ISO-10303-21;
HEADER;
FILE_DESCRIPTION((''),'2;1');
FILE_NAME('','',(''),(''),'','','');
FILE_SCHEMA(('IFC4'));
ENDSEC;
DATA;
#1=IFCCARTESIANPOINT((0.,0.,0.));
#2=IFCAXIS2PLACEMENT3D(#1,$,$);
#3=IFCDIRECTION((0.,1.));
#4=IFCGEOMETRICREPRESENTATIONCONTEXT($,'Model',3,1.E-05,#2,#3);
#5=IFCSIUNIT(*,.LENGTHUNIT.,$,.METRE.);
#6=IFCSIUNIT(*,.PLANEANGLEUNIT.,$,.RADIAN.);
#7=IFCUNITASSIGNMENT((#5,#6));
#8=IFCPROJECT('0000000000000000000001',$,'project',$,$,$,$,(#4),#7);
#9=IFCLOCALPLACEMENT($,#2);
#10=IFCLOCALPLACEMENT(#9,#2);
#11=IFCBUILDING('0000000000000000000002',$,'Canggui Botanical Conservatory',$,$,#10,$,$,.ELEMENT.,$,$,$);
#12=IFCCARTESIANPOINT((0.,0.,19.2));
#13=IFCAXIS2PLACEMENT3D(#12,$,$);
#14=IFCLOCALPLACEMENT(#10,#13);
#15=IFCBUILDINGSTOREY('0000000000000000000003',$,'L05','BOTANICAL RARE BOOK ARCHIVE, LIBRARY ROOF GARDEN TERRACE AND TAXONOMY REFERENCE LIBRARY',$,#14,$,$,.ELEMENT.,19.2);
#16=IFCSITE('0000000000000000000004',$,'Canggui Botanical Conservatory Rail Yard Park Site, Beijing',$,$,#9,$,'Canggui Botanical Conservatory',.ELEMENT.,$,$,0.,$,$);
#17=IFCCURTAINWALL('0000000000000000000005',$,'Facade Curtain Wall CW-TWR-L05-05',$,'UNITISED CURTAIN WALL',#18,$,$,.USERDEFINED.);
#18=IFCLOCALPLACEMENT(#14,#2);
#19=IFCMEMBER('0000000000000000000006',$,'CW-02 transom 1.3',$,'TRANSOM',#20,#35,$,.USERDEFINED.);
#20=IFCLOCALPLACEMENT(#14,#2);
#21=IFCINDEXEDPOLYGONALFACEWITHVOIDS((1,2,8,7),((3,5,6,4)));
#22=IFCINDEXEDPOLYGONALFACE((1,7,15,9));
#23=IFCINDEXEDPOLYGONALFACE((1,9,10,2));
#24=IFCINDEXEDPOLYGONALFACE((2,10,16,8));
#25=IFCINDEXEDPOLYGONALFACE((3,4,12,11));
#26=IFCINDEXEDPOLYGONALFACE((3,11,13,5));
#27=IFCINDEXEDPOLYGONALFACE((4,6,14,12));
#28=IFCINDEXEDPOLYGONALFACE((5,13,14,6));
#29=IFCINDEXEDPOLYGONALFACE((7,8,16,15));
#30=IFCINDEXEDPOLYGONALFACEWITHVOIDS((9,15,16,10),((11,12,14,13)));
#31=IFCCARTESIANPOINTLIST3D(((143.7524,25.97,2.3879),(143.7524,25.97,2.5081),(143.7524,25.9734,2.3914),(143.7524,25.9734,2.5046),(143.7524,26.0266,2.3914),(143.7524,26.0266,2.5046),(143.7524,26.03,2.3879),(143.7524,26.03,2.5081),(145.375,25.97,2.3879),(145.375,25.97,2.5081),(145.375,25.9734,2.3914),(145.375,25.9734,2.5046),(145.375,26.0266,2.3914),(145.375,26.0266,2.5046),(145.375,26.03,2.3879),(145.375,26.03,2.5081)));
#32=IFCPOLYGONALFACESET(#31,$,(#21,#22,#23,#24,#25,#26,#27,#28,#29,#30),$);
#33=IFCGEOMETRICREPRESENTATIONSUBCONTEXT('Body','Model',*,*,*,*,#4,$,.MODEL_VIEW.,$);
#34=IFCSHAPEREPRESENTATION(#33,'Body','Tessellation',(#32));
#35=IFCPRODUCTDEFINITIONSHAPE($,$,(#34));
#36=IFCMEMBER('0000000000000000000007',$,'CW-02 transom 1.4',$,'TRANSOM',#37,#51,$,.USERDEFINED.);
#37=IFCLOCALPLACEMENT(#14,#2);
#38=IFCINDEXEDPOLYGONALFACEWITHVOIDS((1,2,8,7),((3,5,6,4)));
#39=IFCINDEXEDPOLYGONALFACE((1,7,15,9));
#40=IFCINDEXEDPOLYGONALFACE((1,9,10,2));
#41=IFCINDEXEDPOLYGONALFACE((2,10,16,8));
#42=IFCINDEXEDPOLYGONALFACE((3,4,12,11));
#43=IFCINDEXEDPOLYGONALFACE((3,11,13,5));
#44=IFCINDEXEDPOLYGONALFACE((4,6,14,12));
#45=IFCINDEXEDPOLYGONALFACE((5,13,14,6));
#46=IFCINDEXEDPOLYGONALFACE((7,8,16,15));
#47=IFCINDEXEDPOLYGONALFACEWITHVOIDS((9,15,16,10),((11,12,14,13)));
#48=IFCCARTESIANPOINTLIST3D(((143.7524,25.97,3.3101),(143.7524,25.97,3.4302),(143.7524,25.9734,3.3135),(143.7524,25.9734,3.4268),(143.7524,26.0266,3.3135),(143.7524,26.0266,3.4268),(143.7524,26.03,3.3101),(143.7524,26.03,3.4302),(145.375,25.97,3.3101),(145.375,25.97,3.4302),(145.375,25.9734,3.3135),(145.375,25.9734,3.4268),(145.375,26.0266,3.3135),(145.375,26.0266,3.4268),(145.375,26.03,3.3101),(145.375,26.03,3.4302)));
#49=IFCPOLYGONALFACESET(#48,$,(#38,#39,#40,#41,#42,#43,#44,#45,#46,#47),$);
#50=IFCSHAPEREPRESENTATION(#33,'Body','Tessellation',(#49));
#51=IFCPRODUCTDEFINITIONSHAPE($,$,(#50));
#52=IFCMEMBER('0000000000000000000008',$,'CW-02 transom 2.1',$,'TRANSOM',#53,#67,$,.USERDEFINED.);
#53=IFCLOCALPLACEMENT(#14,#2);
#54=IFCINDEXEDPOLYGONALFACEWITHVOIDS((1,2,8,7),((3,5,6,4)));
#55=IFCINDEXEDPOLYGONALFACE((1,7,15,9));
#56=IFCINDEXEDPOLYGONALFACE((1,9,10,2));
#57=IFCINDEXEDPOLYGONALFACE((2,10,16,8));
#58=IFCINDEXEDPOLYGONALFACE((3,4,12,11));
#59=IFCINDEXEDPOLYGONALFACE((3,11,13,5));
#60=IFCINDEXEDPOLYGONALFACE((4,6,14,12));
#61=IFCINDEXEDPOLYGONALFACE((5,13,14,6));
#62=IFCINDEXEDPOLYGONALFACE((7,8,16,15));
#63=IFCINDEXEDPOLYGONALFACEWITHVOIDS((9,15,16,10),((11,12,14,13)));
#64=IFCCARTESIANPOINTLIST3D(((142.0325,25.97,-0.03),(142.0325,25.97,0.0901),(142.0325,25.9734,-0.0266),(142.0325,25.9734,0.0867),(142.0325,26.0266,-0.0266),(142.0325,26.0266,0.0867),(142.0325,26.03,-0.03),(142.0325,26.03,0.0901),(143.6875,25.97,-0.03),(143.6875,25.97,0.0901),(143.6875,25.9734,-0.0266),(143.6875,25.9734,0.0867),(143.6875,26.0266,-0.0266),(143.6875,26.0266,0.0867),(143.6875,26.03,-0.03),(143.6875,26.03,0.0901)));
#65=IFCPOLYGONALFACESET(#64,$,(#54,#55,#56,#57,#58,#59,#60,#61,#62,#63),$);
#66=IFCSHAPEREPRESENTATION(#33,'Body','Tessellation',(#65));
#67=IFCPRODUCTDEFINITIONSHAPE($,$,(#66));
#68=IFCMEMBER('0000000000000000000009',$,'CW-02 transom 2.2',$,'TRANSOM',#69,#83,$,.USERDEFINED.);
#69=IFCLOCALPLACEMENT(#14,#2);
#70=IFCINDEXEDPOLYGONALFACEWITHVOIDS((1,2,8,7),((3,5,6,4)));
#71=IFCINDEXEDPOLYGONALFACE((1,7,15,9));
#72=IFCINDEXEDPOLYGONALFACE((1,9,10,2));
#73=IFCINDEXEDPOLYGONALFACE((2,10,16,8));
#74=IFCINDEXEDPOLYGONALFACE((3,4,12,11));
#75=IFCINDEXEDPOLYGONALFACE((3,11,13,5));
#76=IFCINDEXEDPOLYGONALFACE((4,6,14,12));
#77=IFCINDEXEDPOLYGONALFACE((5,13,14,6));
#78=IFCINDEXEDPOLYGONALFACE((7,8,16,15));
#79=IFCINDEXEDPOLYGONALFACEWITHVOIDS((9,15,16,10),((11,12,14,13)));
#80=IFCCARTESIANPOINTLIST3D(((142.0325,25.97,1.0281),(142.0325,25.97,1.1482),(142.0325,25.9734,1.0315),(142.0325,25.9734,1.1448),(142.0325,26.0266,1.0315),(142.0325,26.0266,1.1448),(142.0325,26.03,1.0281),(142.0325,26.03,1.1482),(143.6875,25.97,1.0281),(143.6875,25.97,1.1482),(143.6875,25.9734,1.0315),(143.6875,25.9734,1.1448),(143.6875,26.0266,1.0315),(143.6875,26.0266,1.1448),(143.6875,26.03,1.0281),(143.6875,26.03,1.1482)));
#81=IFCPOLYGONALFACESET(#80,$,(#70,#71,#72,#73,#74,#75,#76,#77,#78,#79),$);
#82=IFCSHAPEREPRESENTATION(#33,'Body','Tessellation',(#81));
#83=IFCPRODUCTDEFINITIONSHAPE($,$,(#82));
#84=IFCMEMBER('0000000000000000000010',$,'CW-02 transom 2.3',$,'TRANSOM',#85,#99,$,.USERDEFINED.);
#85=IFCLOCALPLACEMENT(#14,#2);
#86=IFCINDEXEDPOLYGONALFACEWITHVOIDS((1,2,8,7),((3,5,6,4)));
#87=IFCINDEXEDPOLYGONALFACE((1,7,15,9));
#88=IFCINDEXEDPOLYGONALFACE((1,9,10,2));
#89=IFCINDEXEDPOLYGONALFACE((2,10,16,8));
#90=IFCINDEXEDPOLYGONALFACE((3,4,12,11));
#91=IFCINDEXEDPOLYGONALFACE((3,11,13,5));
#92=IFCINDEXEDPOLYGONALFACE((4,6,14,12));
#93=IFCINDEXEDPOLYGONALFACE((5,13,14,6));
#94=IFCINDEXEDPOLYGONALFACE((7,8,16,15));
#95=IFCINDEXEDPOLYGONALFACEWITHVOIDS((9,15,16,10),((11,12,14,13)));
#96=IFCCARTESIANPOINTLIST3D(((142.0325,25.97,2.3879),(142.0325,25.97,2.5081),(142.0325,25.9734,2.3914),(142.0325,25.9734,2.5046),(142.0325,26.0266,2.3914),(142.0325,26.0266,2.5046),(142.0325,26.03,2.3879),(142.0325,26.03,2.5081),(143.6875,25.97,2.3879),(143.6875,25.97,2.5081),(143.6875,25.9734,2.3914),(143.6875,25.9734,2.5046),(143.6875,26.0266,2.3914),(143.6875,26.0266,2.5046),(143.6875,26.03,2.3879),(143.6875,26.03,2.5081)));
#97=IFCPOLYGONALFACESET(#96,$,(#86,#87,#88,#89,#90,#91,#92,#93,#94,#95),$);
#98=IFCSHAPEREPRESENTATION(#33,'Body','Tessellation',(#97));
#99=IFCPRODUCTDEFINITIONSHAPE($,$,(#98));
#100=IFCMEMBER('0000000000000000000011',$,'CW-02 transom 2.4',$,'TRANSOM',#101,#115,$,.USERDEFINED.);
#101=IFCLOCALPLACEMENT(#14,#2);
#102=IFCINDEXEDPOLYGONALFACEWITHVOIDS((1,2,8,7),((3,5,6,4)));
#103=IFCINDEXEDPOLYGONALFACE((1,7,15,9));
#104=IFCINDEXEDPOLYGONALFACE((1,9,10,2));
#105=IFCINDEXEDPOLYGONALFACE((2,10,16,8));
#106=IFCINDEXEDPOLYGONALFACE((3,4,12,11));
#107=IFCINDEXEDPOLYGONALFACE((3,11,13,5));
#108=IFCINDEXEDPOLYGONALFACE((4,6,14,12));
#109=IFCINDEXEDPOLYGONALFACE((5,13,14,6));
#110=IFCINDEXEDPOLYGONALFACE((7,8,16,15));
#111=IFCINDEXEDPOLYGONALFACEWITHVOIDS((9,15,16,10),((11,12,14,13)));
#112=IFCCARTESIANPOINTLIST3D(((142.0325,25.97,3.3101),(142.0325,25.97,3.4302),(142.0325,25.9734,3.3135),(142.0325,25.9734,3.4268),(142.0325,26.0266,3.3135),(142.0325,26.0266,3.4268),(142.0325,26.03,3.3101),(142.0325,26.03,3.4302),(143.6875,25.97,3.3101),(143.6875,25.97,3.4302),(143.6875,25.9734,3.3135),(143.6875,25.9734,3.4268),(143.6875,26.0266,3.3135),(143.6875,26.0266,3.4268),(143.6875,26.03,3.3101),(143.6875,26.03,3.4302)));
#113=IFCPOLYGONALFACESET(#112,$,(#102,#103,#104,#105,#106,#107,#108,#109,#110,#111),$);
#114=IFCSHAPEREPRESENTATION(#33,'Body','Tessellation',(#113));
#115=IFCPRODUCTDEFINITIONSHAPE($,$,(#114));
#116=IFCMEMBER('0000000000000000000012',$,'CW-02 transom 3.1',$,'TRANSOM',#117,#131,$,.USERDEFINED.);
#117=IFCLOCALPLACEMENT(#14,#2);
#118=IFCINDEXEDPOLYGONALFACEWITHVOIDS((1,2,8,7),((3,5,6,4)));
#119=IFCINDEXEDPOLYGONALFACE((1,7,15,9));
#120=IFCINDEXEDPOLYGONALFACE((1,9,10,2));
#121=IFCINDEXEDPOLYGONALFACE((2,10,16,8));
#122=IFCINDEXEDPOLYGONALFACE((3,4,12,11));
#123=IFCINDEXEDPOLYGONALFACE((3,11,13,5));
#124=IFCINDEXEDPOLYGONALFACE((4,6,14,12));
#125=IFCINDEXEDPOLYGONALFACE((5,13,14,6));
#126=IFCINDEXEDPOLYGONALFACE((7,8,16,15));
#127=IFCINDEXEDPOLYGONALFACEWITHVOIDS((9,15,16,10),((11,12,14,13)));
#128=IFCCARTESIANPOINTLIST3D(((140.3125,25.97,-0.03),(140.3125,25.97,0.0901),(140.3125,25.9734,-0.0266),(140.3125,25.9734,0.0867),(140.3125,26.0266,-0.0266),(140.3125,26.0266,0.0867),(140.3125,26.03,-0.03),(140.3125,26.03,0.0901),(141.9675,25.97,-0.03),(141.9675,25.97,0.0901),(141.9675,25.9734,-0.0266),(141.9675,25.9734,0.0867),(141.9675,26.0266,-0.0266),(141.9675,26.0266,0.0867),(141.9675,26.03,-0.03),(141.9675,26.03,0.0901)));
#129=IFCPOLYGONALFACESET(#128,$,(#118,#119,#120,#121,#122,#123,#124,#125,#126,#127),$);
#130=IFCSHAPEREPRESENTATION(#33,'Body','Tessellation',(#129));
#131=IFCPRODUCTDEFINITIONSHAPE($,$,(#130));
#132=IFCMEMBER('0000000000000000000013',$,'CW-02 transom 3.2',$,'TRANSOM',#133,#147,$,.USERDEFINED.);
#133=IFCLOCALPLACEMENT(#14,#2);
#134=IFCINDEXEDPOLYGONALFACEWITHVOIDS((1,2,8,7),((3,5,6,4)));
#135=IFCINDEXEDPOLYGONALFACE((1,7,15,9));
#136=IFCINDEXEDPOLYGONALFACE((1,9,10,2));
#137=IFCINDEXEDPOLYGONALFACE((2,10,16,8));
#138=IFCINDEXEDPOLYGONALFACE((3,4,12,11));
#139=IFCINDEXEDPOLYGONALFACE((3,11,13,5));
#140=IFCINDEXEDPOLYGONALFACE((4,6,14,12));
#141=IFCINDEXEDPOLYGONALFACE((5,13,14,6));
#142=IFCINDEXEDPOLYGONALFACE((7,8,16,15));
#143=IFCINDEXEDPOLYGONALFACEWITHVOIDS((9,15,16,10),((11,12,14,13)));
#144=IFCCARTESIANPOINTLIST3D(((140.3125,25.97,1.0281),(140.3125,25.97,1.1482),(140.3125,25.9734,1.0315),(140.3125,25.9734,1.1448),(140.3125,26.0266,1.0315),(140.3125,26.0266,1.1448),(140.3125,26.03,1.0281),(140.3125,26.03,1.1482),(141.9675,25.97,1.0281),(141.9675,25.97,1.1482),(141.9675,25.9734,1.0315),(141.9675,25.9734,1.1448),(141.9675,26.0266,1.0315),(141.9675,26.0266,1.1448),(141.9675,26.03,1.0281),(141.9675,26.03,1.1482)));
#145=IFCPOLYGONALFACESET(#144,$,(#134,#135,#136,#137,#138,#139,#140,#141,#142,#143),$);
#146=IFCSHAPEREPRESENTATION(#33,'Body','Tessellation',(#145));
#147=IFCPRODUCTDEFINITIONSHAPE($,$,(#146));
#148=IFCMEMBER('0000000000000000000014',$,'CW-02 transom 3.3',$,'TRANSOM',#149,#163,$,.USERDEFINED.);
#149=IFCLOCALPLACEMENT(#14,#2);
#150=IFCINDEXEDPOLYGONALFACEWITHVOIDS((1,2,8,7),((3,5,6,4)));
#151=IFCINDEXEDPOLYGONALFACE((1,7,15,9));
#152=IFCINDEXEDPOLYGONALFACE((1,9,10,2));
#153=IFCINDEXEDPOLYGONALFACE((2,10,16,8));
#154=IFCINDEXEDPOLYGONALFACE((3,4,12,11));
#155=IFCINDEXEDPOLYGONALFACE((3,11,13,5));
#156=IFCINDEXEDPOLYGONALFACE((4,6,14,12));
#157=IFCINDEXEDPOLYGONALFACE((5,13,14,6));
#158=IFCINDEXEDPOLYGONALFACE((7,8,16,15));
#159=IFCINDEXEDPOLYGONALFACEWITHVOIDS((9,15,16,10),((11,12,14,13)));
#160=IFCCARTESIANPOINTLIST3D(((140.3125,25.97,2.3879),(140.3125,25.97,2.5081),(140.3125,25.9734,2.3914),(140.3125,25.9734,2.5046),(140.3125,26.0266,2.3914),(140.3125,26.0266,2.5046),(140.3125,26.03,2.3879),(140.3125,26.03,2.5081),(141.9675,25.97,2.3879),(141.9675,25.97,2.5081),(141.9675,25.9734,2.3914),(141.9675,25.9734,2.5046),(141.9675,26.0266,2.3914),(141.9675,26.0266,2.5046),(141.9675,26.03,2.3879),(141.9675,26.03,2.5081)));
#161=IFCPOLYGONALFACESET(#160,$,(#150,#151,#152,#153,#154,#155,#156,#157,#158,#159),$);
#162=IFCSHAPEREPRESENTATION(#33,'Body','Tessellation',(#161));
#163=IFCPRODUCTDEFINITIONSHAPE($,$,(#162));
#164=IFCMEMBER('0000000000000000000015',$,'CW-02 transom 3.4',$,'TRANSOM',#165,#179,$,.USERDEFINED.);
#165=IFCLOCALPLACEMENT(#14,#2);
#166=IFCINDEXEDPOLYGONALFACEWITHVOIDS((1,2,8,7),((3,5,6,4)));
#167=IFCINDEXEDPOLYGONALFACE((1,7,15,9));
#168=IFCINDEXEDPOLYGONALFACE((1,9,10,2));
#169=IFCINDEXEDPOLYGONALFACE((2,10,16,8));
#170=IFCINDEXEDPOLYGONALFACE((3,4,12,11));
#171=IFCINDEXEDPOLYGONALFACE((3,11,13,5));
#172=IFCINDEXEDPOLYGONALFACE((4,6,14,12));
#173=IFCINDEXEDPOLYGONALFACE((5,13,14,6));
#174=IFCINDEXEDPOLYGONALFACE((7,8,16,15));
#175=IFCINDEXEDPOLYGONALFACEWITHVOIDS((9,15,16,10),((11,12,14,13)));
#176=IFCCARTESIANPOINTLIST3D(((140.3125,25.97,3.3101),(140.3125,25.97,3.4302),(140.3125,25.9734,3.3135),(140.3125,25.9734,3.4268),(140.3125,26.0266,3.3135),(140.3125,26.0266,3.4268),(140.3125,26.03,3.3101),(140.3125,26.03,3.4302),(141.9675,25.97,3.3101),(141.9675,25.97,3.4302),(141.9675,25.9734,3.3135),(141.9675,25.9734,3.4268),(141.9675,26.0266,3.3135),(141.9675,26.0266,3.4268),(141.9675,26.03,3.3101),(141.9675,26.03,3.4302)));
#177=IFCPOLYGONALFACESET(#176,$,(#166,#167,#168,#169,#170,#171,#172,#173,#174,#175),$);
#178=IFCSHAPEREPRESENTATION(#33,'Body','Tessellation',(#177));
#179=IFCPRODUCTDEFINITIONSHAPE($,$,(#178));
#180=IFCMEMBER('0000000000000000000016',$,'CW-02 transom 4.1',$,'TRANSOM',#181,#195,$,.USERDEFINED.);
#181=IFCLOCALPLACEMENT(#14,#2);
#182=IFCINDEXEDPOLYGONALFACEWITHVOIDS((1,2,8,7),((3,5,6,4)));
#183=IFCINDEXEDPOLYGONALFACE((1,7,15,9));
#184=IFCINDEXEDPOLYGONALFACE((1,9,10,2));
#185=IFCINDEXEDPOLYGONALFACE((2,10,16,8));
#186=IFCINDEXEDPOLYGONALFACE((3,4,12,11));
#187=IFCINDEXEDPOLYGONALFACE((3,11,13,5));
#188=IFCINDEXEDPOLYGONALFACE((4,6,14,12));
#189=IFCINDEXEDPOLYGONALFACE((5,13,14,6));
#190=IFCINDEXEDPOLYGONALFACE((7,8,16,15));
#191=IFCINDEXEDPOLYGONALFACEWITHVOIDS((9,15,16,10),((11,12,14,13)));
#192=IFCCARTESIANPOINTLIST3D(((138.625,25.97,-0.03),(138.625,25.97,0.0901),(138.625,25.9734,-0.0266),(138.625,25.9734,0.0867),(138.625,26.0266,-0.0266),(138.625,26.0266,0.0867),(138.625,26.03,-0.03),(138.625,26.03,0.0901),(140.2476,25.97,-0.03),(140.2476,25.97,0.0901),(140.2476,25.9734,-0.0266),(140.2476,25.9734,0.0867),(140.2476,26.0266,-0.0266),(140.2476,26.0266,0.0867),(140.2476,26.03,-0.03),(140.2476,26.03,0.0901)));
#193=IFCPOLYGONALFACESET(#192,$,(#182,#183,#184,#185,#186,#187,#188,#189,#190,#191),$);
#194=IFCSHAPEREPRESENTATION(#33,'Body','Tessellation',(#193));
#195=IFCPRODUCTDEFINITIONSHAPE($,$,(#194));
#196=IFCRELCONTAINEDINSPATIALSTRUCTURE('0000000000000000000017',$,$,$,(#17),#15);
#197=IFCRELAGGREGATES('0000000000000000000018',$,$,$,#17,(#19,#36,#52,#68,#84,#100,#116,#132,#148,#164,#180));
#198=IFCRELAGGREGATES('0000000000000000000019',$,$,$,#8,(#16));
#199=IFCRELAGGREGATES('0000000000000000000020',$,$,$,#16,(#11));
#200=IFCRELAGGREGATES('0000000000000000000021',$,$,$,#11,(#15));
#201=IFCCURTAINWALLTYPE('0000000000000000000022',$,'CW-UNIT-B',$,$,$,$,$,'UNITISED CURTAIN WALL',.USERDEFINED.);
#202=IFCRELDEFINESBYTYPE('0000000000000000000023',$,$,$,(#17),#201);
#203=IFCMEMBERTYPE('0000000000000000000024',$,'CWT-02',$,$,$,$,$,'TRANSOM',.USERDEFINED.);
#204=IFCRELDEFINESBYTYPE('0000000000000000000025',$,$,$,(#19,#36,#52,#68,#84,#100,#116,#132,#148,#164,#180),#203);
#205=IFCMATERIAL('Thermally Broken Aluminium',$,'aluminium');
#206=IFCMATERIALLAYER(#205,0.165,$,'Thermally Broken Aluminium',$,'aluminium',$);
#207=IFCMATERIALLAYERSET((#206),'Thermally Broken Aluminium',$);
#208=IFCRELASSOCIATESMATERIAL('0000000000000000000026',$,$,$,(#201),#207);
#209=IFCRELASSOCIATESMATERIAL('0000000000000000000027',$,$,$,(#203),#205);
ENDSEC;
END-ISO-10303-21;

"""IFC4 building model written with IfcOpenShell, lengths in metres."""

from ifc_helpers import new_model, si_unit, direction, frame, origin, origin_2d, place, context, subcontext, project, spatial, hollow_rectangle, extrude, material, layer, layer_set, material_profile, profile_set, type_object, element, aggregate, save


model = new_model("IFC4")

# Units and contexts
model_context = context("Model", 3, precision=1e-05, world=origin(), true_north=direction((0.0, 1.0)))
body_context = subcontext(model_context, "Body", "Model", "MODEL_VIEW")
ifc_project = project(units=[si_unit("LENGTHUNIT", "METRE"), si_unit("PLANEANGLEUNIT", "RADIAN")], contexts=[model_context])

# Site, building, storey
site_placement = place(None, origin())
site = spatial("IfcSite", under=ifc_project, at=site_placement, Name="Canggui Botanical Conservatory Rail Yard Park Site, Beijing", LongName="Canggui Botanical Conservatory", CompositionType="ELEMENT", RefElevation=0.0)
building_placement = place(site_placement, origin())
building = spatial("IfcBuilding", under=site, at=building_placement, Name="Canggui Botanical Conservatory", CompositionType="ELEMENT")
storey_placement = place(building_placement, frame((0.0, 0.0, 19.2)))
storey = spatial("IfcBuildingStorey", under=building, at=storey_placement, Name="L05", Description="BOTANICAL RARE BOOK ARCHIVE, LIBRARY ROOF GARDEN TERRACE AND TAXONOMY REFERENCE LIBRARY", CompositionType="ELEMENT", Elevation=19.2)

# Curtain wall, members
ifc_material_1 = material(Name="Thermally Broken Aluminium", Category="aluminium")
ifc_layer_1 = layer(ifc_material_1, 0.165, Name="Thermally Broken Aluminium", Category="aluminium")
ifc_layer_set_1 = layer_set([ifc_layer_1], Name="Thermally Broken Aluminium")
curtain_wall_type = type_object("IfcCurtainWallType", Name="CW-UNIT-B", ElementType="UNITISED CURTAIN WALL", PredefinedType="USERDEFINED", material=ifc_layer_set_1)
curtain_wall_placement = place(storey_placement, origin())
curtain_wall = element("IfcCurtainWall", 1, at=curtain_wall_placement, inside=storey, type_object=curtain_wall_type, Name="Facade Curtain Wall CW-TWR-L05-05", ObjectType="UNITISED CURTAIN WALL", PredefinedType="USERDEFINED")
ifc_material_profile_1 = material_profile(ifc_material_1, hollow_rectangle(XDim=0.0601, YDim=0.1201, WallThickness=0.0034, at=origin_2d()), Name="CWT 60x120x3.5")
ifc_profile_set_1 = profile_set([ifc_material_profile_1], Name="Thermally Broken Aluminium")
member_type_1 = type_object("IfcMemberType", Name="CWT-02", ElementType="TRANSOM", PredefinedType="USERDEFINED", material=ifc_profile_set_1)
member_1_placement = place(storey_placement, frame((145.375, 26.0, 2.448), z_axis=(-1.0, 0.0, 0.0), x_axis=(0.0, -1.0, 0.0)))
member_1 = element("IfcMember", 2, at=member_1_placement, type_object=member_type_1, Name="CW-02 transom 1.3", ObjectType="TRANSOM", PredefinedType="USERDEFINED", context=body_context, shape_type="SweptSolid", body=[
    extrude(hollow_rectangle(XDim=0.0601, YDim=0.1201, WallThickness=0.0034, at=origin_2d()), origin(), (0.0, 0.0, 1.0), 1.6226),
])
member_2_placement = place(storey_placement, frame((145.375, 26.0, 3.3701), z_axis=(-1.0, 0.0, 0.0), x_axis=(0.0, -1.0, 0.0)))
member_2 = element("IfcMember", 3, at=member_2_placement, type_object=member_type_1, Name="CW-02 transom 1.4", ObjectType="TRANSOM", PredefinedType="USERDEFINED", context=body_context, shape_type="SweptSolid", body=[
    extrude(hollow_rectangle(XDim=0.0601, YDim=0.1201, WallThickness=0.0034, at=origin_2d()), origin(), (0.0, 0.0, 1.0), 1.6226),
])
member_3_placement = place(storey_placement, frame((143.6875, 26.0, 0.03), z_axis=(-1.0, 0.0, 0.0), x_axis=(0.0, -1.0, 0.0)))
member_3 = element("IfcMember", 4, at=member_3_placement, type_object=member_type_1, Name="CW-02 transom 2.1", ObjectType="TRANSOM", PredefinedType="USERDEFINED", context=body_context, shape_type="SweptSolid", body=[
    extrude(hollow_rectangle(XDim=0.0601, YDim=0.1201, WallThickness=0.0034, at=origin_2d()), origin(), (0.0, 0.0, 1.0), 1.655),
])
member_4_placement = place(storey_placement, frame((143.6875, 26.0, 1.0881), z_axis=(-1.0, 0.0, 0.0), x_axis=(0.0, -1.0, 0.0)))
member_4 = element("IfcMember", 5, at=member_4_placement, type_object=member_type_1, Name="CW-02 transom 2.2", ObjectType="TRANSOM", PredefinedType="USERDEFINED", context=body_context, shape_type="SweptSolid", body=[
    extrude(hollow_rectangle(XDim=0.0601, YDim=0.1201, WallThickness=0.0034, at=origin_2d()), origin(), (0.0, 0.0, 1.0), 1.655),
])
member_5_placement = place(storey_placement, frame((143.6875, 26.0, 2.448), z_axis=(-1.0, 0.0, 0.0), x_axis=(0.0, -1.0, 0.0)))
member_5 = element("IfcMember", 6, at=member_5_placement, type_object=member_type_1, Name="CW-02 transom 2.3", ObjectType="TRANSOM", PredefinedType="USERDEFINED", context=body_context, shape_type="SweptSolid", body=[
    extrude(hollow_rectangle(XDim=0.0601, YDim=0.1201, WallThickness=0.0034, at=origin_2d()), origin(), (0.0, 0.0, 1.0), 1.655),
])
member_6_placement = place(storey_placement, frame((143.6875, 26.0, 3.3701), z_axis=(-1.0, 0.0, 0.0), x_axis=(0.0, -1.0, 0.0)))
member_6 = element("IfcMember", 7, at=member_6_placement, type_object=member_type_1, Name="CW-02 transom 2.4", ObjectType="TRANSOM", PredefinedType="USERDEFINED", context=body_context, shape_type="SweptSolid", body=[
    extrude(hollow_rectangle(XDim=0.0601, YDim=0.1201, WallThickness=0.0034, at=origin_2d()), origin(), (0.0, 0.0, 1.0), 1.655),
])
member_7_placement = place(storey_placement, frame((141.9675, 26.0, 0.03), z_axis=(-1.0, 0.0, 0.0), x_axis=(0.0, -1.0, 0.0)))
member_7 = element("IfcMember", 8, at=member_7_placement, type_object=member_type_1, Name="CW-02 transom 3.1", ObjectType="TRANSOM", PredefinedType="USERDEFINED", context=body_context, shape_type="SweptSolid", body=[
    extrude(hollow_rectangle(XDim=0.0601, YDim=0.1201, WallThickness=0.0034, at=origin_2d()), origin(), (0.0, 0.0, 1.0), 1.655),
])
member_8_placement = place(storey_placement, frame((141.9675, 26.0, 1.0881), z_axis=(-1.0, 0.0, 0.0), x_axis=(0.0, -1.0, 0.0)))
member_8 = element("IfcMember", 9, at=member_8_placement, type_object=member_type_1, Name="CW-02 transom 3.2", ObjectType="TRANSOM", PredefinedType="USERDEFINED", context=body_context, shape_type="SweptSolid", body=[
    extrude(hollow_rectangle(XDim=0.0601, YDim=0.1201, WallThickness=0.0034, at=origin_2d()), origin(), (0.0, 0.0, 1.0), 1.655),
])
member_9_placement = place(storey_placement, frame((141.9675, 26.0, 2.448), z_axis=(-1.0, 0.0, 0.0), x_axis=(0.0, -1.0, 0.0)))
member_9 = element("IfcMember", 10, at=member_9_placement, type_object=member_type_1, Name="CW-02 transom 3.3", ObjectType="TRANSOM", PredefinedType="USERDEFINED", context=body_context, shape_type="SweptSolid", body=[
    extrude(hollow_rectangle(XDim=0.0601, YDim=0.1201, WallThickness=0.0034, at=origin_2d()), origin(), (0.0, 0.0, 1.0), 1.655),
])
member_10_placement = place(storey_placement, frame((141.9675, 26.0, 3.3701), z_axis=(-1.0, 0.0, 0.0), x_axis=(0.0, -1.0, 0.0)))
member_10 = element("IfcMember", 11, at=member_10_placement, type_object=member_type_1, Name="CW-02 transom 3.4", ObjectType="TRANSOM", PredefinedType="USERDEFINED", context=body_context, shape_type="SweptSolid", body=[
    extrude(hollow_rectangle(XDim=0.0601, YDim=0.1201, WallThickness=0.0034, at=origin_2d()), origin(), (0.0, 0.0, 1.0), 1.655),
])
member_11_placement = place(storey_placement, frame((140.2476, 26.0, 0.03), z_axis=(-1.0, 0.0, 0.0), x_axis=(0.0, -1.0, 0.0)))
member_11 = element("IfcMember", 12, at=member_11_placement, type_object=member_type_1, Name="CW-02 transom 4.1", ObjectType="TRANSOM", PredefinedType="USERDEFINED", context=body_context, shape_type="SweptSolid", body=[
    extrude(hollow_rectangle(XDim=0.0601, YDim=0.1201, WallThickness=0.0034, at=origin_2d()), origin(), (0.0, 0.0, 1.0), 1.6226),
])
aggregate(curtain_wall, [member_1, member_2, member_3, member_4, member_5, member_6, member_7, member_8, member_9, member_10, member_11])

save(model, "model.ifc")
